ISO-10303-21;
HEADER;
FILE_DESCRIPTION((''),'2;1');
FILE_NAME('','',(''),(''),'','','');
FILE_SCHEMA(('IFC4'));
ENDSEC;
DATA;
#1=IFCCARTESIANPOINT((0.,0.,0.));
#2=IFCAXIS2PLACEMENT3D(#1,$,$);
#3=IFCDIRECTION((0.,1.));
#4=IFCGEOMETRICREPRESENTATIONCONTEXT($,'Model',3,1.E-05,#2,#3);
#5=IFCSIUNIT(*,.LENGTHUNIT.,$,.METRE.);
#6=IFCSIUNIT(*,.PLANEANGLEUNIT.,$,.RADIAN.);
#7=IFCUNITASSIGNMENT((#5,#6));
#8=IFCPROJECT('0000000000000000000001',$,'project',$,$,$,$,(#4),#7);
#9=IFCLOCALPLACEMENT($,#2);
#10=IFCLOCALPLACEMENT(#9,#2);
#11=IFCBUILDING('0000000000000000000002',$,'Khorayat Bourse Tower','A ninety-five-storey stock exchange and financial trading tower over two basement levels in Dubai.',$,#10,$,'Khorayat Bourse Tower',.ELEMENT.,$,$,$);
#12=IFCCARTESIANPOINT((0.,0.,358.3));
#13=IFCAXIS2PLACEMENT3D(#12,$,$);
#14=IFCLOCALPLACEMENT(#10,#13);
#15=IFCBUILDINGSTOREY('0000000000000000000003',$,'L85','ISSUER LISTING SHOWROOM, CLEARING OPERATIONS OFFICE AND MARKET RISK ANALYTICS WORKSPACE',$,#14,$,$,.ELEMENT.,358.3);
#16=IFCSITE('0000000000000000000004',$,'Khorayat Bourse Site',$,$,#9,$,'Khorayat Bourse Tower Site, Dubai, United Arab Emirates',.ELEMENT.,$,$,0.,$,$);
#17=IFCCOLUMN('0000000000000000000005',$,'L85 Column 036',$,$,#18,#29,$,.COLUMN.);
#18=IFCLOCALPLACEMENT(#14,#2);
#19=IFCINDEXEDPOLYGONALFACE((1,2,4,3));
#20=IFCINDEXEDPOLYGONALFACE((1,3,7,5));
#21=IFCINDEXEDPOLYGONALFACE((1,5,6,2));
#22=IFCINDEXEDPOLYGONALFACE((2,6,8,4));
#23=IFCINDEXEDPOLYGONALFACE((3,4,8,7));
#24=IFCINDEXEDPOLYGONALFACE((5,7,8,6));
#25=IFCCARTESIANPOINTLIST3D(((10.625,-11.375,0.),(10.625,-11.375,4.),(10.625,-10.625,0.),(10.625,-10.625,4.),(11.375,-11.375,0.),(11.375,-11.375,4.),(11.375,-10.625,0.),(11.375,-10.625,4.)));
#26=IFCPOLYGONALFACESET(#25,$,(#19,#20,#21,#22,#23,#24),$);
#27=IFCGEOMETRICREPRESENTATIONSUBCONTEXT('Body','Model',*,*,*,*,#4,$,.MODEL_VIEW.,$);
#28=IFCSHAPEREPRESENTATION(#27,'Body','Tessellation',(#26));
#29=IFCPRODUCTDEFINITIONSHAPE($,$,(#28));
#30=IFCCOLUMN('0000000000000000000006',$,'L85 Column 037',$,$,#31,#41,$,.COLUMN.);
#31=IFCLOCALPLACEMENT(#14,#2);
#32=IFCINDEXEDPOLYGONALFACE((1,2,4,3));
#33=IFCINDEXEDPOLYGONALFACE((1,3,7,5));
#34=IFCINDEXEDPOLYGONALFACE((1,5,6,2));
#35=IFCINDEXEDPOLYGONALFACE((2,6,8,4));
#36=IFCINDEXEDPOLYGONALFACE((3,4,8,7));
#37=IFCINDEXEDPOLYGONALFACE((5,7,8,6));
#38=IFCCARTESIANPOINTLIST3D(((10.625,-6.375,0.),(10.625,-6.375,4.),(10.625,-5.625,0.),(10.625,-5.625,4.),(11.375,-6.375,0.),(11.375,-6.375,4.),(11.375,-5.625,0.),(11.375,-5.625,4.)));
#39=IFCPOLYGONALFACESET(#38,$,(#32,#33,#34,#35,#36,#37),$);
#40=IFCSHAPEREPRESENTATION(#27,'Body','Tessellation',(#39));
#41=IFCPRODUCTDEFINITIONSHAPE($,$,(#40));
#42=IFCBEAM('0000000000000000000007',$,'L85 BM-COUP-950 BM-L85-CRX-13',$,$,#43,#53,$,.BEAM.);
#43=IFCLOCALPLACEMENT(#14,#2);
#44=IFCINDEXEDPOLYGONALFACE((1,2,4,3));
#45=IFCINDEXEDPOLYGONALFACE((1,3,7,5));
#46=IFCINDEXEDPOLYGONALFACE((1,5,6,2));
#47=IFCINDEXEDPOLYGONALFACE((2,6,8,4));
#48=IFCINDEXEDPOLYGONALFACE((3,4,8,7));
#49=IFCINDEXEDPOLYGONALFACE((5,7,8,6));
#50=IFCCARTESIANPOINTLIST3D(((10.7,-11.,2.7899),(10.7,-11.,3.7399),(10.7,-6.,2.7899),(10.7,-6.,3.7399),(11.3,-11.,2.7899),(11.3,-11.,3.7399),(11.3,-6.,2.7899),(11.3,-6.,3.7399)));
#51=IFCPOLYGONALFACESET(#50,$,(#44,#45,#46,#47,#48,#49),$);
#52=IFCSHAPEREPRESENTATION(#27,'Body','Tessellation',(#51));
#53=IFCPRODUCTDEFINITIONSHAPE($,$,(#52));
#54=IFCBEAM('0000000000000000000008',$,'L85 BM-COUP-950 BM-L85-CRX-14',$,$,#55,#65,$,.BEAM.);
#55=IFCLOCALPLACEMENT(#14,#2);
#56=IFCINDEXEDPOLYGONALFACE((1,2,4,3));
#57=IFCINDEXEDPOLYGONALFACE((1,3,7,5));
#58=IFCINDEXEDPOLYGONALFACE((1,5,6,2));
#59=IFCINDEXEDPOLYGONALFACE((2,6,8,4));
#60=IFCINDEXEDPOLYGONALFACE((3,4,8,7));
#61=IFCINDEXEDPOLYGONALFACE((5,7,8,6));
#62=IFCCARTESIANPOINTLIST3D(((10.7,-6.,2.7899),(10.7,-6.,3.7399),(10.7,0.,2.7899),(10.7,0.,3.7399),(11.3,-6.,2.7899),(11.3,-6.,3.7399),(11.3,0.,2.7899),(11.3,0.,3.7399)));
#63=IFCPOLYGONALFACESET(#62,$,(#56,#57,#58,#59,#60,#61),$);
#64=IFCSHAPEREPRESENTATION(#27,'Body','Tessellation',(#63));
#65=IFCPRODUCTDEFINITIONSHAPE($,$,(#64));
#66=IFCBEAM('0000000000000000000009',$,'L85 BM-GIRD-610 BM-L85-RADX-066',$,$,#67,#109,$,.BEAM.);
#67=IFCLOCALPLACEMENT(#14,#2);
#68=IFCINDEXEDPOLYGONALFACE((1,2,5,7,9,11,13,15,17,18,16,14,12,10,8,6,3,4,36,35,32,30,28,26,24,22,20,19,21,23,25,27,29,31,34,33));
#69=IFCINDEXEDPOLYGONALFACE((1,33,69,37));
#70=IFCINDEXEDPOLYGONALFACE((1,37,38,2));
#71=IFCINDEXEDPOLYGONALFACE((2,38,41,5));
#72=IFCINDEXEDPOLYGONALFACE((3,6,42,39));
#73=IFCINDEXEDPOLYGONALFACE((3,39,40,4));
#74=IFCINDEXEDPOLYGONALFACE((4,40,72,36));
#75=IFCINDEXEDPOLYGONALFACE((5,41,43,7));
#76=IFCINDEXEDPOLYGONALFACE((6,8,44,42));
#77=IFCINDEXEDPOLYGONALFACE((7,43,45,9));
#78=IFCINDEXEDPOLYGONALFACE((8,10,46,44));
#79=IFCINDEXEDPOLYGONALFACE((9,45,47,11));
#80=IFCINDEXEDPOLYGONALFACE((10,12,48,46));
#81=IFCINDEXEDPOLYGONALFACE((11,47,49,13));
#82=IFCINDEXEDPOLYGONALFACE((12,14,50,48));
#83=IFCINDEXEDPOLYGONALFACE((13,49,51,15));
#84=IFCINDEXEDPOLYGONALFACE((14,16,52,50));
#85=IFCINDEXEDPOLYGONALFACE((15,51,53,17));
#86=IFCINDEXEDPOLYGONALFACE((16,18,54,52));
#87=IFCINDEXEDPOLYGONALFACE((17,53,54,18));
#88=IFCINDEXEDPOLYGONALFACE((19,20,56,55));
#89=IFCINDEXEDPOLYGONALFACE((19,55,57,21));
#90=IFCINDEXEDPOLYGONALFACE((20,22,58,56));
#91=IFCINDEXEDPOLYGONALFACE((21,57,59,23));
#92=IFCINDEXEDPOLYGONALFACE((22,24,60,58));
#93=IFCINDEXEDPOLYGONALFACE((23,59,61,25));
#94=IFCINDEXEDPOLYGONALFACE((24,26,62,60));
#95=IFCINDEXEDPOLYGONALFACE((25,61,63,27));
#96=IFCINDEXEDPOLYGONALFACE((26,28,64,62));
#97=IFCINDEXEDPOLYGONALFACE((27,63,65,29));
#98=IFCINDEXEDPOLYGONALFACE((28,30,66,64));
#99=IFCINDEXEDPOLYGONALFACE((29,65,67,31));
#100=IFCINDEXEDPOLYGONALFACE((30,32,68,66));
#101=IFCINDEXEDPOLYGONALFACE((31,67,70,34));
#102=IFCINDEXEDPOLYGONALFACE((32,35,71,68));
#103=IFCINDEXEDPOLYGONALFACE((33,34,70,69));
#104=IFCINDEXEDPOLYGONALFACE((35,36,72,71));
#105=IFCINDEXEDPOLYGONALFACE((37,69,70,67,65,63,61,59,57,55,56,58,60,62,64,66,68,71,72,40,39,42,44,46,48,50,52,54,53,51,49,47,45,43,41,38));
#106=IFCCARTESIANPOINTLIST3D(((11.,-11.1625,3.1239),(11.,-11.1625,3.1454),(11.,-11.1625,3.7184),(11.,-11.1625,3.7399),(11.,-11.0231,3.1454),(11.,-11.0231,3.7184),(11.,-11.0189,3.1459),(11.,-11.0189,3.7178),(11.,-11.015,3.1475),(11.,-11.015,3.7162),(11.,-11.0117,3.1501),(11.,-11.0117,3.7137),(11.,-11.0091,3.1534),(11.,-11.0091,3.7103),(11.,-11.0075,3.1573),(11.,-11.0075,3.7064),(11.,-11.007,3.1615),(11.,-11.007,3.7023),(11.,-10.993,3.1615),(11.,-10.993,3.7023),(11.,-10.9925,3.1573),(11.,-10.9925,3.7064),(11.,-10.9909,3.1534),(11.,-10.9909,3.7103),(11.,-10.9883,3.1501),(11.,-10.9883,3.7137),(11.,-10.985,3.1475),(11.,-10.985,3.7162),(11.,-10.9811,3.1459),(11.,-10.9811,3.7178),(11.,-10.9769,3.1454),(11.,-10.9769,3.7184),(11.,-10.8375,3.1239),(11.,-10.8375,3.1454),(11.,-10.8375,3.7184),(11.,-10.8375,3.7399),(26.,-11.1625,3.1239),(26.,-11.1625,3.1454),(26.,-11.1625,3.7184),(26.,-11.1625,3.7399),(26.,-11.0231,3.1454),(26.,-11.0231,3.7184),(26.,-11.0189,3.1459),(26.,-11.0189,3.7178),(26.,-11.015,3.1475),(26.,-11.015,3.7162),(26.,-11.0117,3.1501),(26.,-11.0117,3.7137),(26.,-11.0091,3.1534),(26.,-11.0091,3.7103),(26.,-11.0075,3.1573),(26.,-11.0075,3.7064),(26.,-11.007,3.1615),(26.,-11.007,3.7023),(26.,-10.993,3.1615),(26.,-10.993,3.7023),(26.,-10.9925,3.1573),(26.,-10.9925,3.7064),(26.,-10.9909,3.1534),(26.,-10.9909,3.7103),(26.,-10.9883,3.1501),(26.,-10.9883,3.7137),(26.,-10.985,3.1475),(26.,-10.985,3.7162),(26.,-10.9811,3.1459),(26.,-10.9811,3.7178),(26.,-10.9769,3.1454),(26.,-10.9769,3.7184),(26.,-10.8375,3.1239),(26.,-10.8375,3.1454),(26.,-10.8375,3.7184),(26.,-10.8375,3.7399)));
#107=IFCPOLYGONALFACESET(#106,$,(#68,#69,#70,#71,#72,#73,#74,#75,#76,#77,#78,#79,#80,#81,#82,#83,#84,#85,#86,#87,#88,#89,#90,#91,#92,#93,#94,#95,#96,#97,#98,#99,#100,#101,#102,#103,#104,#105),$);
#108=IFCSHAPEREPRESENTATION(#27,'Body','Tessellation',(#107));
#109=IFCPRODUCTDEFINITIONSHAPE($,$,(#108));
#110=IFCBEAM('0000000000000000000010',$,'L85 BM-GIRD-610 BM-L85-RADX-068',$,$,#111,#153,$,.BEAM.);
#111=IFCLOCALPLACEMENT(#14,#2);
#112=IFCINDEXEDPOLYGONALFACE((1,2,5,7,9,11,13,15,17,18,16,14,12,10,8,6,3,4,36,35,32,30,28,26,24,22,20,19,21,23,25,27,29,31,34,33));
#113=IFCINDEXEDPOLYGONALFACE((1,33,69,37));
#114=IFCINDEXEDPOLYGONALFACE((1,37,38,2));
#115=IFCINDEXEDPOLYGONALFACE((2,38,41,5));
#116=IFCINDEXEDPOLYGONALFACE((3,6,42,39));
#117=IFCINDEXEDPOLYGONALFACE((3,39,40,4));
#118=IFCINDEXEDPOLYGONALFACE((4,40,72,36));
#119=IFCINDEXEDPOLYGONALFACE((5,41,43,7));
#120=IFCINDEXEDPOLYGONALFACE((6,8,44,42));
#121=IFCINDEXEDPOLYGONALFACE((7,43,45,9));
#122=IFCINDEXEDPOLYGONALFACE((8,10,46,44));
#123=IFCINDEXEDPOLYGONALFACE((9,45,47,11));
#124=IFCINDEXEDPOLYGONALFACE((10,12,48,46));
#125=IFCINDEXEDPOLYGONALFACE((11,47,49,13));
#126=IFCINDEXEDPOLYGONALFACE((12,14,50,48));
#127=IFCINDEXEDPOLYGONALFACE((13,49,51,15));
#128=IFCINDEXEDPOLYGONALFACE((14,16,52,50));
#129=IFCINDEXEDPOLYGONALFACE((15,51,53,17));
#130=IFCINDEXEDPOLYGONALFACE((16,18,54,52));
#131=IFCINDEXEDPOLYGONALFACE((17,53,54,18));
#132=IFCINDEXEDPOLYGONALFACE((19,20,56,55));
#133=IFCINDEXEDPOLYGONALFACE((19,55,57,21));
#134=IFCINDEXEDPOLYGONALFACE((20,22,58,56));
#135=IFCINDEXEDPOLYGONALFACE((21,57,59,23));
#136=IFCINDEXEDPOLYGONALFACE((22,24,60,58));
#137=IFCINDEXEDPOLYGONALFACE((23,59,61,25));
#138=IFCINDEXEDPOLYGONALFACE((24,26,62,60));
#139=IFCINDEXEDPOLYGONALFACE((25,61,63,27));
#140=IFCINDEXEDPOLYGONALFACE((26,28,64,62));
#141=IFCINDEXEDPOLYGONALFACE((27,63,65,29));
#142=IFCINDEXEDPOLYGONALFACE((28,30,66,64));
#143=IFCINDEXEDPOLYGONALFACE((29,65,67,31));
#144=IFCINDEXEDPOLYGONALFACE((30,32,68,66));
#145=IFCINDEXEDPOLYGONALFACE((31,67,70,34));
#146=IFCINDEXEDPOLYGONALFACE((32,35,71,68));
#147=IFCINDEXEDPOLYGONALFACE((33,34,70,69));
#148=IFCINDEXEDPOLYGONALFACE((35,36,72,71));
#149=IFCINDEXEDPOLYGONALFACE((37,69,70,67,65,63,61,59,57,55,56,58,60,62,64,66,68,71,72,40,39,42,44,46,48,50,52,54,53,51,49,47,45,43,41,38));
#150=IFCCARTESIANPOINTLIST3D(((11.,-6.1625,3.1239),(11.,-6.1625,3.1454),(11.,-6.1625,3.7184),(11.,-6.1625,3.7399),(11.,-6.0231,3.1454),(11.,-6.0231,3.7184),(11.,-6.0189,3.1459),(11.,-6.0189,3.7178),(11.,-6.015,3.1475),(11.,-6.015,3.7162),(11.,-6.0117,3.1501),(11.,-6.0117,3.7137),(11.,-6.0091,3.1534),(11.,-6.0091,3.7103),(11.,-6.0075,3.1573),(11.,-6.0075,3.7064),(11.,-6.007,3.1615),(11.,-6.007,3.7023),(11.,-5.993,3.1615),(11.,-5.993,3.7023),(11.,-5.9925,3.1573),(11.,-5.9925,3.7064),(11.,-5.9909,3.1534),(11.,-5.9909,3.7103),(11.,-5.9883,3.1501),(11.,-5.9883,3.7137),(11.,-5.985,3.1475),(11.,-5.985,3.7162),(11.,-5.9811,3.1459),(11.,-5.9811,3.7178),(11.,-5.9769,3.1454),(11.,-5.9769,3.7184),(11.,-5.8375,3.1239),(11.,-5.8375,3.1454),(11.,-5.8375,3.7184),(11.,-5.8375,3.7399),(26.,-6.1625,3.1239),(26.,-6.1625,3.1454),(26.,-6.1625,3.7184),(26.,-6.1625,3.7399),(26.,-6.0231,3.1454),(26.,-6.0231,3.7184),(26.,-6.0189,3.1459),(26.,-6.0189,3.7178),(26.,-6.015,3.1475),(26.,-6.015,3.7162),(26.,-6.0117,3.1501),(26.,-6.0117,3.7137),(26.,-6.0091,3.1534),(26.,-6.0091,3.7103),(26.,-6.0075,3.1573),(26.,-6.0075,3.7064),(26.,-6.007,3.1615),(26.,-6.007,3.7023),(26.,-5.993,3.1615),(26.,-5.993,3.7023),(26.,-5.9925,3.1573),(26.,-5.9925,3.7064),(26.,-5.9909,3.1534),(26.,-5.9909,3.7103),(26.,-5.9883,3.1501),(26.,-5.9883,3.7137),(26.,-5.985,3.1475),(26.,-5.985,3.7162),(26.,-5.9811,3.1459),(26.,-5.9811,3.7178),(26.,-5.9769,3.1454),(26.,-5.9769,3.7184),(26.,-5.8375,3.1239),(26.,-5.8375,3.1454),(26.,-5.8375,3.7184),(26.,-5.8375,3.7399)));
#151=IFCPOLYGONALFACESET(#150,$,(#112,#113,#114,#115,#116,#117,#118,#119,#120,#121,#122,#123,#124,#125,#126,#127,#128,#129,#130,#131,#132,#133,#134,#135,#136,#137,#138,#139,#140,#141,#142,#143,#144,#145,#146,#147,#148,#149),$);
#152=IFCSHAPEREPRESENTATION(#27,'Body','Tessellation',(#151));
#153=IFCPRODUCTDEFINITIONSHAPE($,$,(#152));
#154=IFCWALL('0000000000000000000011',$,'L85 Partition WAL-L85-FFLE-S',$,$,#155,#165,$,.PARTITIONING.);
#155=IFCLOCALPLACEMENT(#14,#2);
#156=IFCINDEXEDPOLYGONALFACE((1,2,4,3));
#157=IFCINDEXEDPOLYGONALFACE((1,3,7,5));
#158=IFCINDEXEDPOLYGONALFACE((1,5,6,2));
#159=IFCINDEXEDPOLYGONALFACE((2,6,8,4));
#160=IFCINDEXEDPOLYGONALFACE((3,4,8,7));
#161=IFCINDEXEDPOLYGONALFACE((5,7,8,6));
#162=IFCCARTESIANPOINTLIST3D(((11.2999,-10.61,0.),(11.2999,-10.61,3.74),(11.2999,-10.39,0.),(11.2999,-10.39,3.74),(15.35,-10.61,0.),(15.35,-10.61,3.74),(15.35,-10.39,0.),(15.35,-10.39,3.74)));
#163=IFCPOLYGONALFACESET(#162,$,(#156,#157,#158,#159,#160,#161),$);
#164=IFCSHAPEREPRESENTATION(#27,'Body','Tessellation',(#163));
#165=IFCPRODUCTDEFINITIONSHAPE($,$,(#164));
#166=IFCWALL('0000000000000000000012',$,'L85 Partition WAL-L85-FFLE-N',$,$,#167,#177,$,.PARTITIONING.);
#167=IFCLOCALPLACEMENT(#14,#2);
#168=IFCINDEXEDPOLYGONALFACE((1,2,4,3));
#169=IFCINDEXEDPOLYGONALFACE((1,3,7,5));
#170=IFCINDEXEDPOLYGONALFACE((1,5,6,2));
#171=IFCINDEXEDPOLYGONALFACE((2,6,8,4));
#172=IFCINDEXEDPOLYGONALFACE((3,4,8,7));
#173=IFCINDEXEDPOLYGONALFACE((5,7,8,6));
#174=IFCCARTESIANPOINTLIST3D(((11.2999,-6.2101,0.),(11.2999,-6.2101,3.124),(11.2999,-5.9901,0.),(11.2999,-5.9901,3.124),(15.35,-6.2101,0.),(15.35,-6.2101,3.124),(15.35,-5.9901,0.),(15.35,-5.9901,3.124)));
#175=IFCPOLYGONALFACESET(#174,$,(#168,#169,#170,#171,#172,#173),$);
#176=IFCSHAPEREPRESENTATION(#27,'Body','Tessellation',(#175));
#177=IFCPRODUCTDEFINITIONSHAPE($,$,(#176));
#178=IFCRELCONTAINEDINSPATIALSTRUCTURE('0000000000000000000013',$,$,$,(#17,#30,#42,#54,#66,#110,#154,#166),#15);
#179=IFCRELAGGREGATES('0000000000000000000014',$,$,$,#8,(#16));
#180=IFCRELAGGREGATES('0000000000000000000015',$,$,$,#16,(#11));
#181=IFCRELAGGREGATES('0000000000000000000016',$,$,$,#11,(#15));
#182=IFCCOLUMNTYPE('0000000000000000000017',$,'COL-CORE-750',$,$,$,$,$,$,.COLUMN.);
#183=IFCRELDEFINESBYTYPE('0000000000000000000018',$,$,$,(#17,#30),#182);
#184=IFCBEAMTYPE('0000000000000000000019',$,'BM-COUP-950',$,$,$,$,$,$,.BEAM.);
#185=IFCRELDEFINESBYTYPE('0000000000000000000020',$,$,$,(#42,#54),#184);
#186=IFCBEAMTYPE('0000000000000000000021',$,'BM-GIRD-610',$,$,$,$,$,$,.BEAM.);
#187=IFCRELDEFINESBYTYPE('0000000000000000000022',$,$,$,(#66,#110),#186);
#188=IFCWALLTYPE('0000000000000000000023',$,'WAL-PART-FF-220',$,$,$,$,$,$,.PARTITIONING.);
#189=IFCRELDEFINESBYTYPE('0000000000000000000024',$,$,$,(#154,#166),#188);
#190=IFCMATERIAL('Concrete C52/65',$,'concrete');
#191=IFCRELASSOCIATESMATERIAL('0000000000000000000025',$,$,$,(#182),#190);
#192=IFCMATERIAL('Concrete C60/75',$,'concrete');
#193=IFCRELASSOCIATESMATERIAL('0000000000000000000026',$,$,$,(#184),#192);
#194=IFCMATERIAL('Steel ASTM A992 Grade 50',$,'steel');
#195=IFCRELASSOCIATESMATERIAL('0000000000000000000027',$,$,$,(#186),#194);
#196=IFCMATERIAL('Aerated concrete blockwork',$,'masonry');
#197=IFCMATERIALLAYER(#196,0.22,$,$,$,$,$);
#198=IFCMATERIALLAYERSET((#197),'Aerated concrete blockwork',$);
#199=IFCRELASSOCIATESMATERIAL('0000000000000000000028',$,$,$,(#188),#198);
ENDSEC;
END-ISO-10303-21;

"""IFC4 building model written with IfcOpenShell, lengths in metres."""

from ifc_helpers import new_model, si_unit, direction, frame, frame_2d, origin, origin_2d, place, context, subcontext, project, spatial, rectangle, i_section, extrude, source, transform, mapped, material, layer, layer_set, material_profile, profile_set, type_object, element, save


model = new_model("IFC4")

# Units and contexts
model_context = context("Model", 3, precision=1e-05, world=origin(), true_north=direction((0.0, 1.0)))
body_context = subcontext(model_context, "Body", "Model", "MODEL_VIEW")
ifc_project = project(units=[si_unit("LENGTHUNIT", "METRE"), si_unit("PLANEANGLEUNIT", "RADIAN")], contexts=[model_context])

# Site, building, storey
site_placement = place(None, origin())
site = spatial("IfcSite", under=ifc_project, at=site_placement, Name="Khorayat Bourse Site", LongName="Khorayat Bourse Tower Site, Dubai, United Arab Emirates", CompositionType="ELEMENT", RefElevation=0.0)
building_placement = place(site_placement, origin())
building = spatial("IfcBuilding", under=site, at=building_placement, Name="Khorayat Bourse Tower", Description="A ninety-five-storey stock exchange and financial trading tower over two basement levels in Dubai.", LongName="Khorayat Bourse Tower", CompositionType="ELEMENT")
storey_placement = place(building_placement, frame((0.0, 0.0, 358.3)))
storey = spatial("IfcBuildingStorey", under=building, at=storey_placement, Name="L85", Description="ISSUER LISTING SHOWROOM, CLEARING OPERATIONS OFFICE AND MARKET RISK ANALYTICS WORKSPACE", CompositionType="ELEMENT", Elevation=358.3)

# Columns
ifc_material_1 = material(Name="Concrete C52/65", Category="concrete")
ifc_material_profile_1 = material_profile(ifc_material_1, rectangle(XDim=0.75, YDim=0.75, at=origin_2d()), Name="RC 750x750")
ifc_profile_set_1 = profile_set([ifc_material_profile_1], Name="Concrete C52/65")
column_type = type_object("IfcColumnType", Name="COL-CORE-750", PredefinedType="COLUMN", material=ifc_profile_set_1)
shared_shape_1 = source(origin(), body_context, "Body", "SweptSolid", [
    extrude(rectangle(XDim=0.75, YDim=0.75, at=origin_2d()), origin(), (0.0, 0.0, 1.0), 4.0),
])
for number, where, z_axis, x_axis, name in (
    (1, (11.0, -11.0, 0.0), (0.0, 0.0, 1.0), (1.0, 0.0, 0.0), "L85 Column 036"),
    (2, (11.0, -6.0, 0.0), (0.0, 0.0, 1.0), (1.0, 0.0, 0.0), "L85 Column 037"),
):
    element("IfcColumn", number, at=place(storey_placement, frame(where, z_axis=z_axis, x_axis=x_axis)), inside=storey, type_object=column_type, Name=name, PredefinedType="COLUMN", context=body_context, shape_type="MappedRepresentation", body=[
        mapped(shared_shape_1, transform((0.0, 0.0, 0.0), scale=1.0)),
    ])

# Beams
ifc_material_2 = material(Name="Concrete C60/75", Category="concrete")
ifc_material_profile_2 = material_profile(ifc_material_2, rectangle(XDim=0.6001, YDim=0.95, at=origin_2d()), Name="RC 600x950")
ifc_profile_set_2 = profile_set([ifc_material_profile_2], Name="Concrete C60/75")
beam_type_1 = type_object("IfcBeamType", Name="BM-COUP-950", PredefinedType="BEAM", material=ifc_profile_set_2)
shared_shape_2 = source(origin(), body_context, "Body", "SweptSolid", [
    extrude(rectangle(XDim=0.6001, YDim=0.95, at=origin_2d()), origin(), (0.0, 0.0, 1.0), 5.0),
])
beam_1_placement = place(storey_placement, frame((11.0, -11.0, 3.2649), z_axis=(0.0, 1.0, 0.0), x_axis=(-1.0, 0.0, 0.0)))
element("IfcBeam", 3, at=beam_1_placement, inside=storey, type_object=beam_type_1, Name="L85 BM-COUP-950 BM-L85-CRX-13", PredefinedType="BEAM", context=body_context, shape_type="MappedRepresentation", body=[
    mapped(shared_shape_2, transform((0.0, 0.0, 0.0), scale=1.0)),
])
shared_shape_3 = source(origin(), body_context, "Body", "SweptSolid", [
    extrude(rectangle(XDim=0.6001, YDim=0.95, at=origin_2d()), origin(), (0.0, 0.0, 1.0), 6.0),
])
beam_2_placement = place(storey_placement, frame((11.0, -6.0, 3.2649), z_axis=(0.0, 1.0, 0.0), x_axis=(-1.0, 0.0, 0.0)))
element("IfcBeam", 4, at=beam_2_placement, inside=storey, type_object=beam_type_1, Name="L85 BM-COUP-950 BM-L85-CRX-14", PredefinedType="BEAM", context=body_context, shape_type="MappedRepresentation", body=[
    mapped(shared_shape_3, transform((0.0, 0.0, 0.0), scale=1.0)),
])
ifc_material_3 = material(Name="Steel ASTM A992 Grade 50", Category="steel")
ifc_material_profile_3 = material_profile(ifc_material_3, i_section(OverallWidth=0.325, OverallDepth=0.616, WebThickness=0.0139, FlangeThickness=0.0215, FilletRadius=0.0161, at=origin_2d()), Name="W610X174")
ifc_profile_set_3 = profile_set([ifc_material_profile_3], Name="Steel ASTM A992 Grade 50")
beam_type_2 = type_object("IfcBeamType", Name="BM-GIRD-610", PredefinedType="BEAM", material=ifc_profile_set_3)
shared_shape_4 = source(origin(), body_context, "Body", "SweptSolid", [
    extrude(i_section(OverallWidth=0.325, OverallDepth=0.616, WebThickness=0.0139, FlangeThickness=0.0215, FilletRadius=0.0161, at=origin_2d()), origin(), (0.0, 0.0, 1.0), 15.0),
])
for number, where, z_axis, x_axis, name in (
    (5, (11.0, -11.0, 3.4319), (1.0, 0.0, 0.0), (0.0, 1.0, 0.0), "L85 BM-GIRD-610 BM-L85-RADX-066"),
    (6, (11.0, -6.0, 3.4319), (1.0, 0.0, 0.0), (0.0, 1.0, 0.0), "L85 BM-GIRD-610 BM-L85-RADX-068"),
):
    element("IfcBeam", number, at=place(storey_placement, frame(where, z_axis=z_axis, x_axis=x_axis)), inside=storey, type_object=beam_type_2, Name=name, PredefinedType="BEAM", context=body_context, shape_type="MappedRepresentation", body=[
        mapped(shared_shape_4, transform((0.0, 0.0, 0.0), scale=1.0)),
    ])

# Walls
ifc_material_4 = material(Name="Aerated concrete blockwork", Category="masonry")
ifc_layer_1 = layer(ifc_material_4, 0.22)
ifc_layer_set_1 = layer_set([ifc_layer_1], Name="Aerated concrete blockwork")
wall_type_1 = type_object("IfcWallType", Name="WAL-PART-FF-220", PredefinedType="PARTITIONING", material=ifc_layer_set_1)
shared_shape_5 = source(origin(), body_context, "Body", "SweptSolid", [
    extrude(rectangle(XDim=4.05, YDim=0.22, at=frame_2d((2.0249, 0.0))), origin(), (0.0, 0.0, 1.0), 3.74),
])
wall_1_placement = place(storey_placement, frame((11.3, -10.5, 0.0), z_axis=(0.0, 0.0, 1.0), x_axis=(1.0, 0.0, 0.0)))
element("IfcWall", 7, at=wall_1_placement, inside=storey, type_object=wall_type_1, Name="L85 Partition WAL-L85-FFLE-S", PredefinedType="PARTITIONING", context=body_context, shape_type="MappedRepresentation", body=[
    mapped(shared_shape_5, transform((0.0, 0.0, 0.0), scale=1.0)),
])
shared_shape_6 = source(origin(), body_context, "Body", "SweptSolid", [
    extrude(rectangle(XDim=4.05, YDim=0.22, at=frame_2d((2.0249, 0.0))), origin(), (0.0, 0.0, 1.0), 3.124),
])
wall_2_placement = place(storey_placement, frame((11.3, -6.1001, 0.0), z_axis=(0.0, 0.0, 1.0), x_axis=(1.0, 0.0, 0.0)))
element("IfcWall", 8, at=wall_2_placement, inside=storey, type_object=wall_type_1, Name="L85 Partition WAL-L85-FFLE-N", PredefinedType="PARTITIONING", context=body_context, shape_type="MappedRepresentation", body=[
    mapped(shared_shape_6, transform((0.0, 0.0, 0.0), scale=1.0)),
])

save(model, "model.ifc")
